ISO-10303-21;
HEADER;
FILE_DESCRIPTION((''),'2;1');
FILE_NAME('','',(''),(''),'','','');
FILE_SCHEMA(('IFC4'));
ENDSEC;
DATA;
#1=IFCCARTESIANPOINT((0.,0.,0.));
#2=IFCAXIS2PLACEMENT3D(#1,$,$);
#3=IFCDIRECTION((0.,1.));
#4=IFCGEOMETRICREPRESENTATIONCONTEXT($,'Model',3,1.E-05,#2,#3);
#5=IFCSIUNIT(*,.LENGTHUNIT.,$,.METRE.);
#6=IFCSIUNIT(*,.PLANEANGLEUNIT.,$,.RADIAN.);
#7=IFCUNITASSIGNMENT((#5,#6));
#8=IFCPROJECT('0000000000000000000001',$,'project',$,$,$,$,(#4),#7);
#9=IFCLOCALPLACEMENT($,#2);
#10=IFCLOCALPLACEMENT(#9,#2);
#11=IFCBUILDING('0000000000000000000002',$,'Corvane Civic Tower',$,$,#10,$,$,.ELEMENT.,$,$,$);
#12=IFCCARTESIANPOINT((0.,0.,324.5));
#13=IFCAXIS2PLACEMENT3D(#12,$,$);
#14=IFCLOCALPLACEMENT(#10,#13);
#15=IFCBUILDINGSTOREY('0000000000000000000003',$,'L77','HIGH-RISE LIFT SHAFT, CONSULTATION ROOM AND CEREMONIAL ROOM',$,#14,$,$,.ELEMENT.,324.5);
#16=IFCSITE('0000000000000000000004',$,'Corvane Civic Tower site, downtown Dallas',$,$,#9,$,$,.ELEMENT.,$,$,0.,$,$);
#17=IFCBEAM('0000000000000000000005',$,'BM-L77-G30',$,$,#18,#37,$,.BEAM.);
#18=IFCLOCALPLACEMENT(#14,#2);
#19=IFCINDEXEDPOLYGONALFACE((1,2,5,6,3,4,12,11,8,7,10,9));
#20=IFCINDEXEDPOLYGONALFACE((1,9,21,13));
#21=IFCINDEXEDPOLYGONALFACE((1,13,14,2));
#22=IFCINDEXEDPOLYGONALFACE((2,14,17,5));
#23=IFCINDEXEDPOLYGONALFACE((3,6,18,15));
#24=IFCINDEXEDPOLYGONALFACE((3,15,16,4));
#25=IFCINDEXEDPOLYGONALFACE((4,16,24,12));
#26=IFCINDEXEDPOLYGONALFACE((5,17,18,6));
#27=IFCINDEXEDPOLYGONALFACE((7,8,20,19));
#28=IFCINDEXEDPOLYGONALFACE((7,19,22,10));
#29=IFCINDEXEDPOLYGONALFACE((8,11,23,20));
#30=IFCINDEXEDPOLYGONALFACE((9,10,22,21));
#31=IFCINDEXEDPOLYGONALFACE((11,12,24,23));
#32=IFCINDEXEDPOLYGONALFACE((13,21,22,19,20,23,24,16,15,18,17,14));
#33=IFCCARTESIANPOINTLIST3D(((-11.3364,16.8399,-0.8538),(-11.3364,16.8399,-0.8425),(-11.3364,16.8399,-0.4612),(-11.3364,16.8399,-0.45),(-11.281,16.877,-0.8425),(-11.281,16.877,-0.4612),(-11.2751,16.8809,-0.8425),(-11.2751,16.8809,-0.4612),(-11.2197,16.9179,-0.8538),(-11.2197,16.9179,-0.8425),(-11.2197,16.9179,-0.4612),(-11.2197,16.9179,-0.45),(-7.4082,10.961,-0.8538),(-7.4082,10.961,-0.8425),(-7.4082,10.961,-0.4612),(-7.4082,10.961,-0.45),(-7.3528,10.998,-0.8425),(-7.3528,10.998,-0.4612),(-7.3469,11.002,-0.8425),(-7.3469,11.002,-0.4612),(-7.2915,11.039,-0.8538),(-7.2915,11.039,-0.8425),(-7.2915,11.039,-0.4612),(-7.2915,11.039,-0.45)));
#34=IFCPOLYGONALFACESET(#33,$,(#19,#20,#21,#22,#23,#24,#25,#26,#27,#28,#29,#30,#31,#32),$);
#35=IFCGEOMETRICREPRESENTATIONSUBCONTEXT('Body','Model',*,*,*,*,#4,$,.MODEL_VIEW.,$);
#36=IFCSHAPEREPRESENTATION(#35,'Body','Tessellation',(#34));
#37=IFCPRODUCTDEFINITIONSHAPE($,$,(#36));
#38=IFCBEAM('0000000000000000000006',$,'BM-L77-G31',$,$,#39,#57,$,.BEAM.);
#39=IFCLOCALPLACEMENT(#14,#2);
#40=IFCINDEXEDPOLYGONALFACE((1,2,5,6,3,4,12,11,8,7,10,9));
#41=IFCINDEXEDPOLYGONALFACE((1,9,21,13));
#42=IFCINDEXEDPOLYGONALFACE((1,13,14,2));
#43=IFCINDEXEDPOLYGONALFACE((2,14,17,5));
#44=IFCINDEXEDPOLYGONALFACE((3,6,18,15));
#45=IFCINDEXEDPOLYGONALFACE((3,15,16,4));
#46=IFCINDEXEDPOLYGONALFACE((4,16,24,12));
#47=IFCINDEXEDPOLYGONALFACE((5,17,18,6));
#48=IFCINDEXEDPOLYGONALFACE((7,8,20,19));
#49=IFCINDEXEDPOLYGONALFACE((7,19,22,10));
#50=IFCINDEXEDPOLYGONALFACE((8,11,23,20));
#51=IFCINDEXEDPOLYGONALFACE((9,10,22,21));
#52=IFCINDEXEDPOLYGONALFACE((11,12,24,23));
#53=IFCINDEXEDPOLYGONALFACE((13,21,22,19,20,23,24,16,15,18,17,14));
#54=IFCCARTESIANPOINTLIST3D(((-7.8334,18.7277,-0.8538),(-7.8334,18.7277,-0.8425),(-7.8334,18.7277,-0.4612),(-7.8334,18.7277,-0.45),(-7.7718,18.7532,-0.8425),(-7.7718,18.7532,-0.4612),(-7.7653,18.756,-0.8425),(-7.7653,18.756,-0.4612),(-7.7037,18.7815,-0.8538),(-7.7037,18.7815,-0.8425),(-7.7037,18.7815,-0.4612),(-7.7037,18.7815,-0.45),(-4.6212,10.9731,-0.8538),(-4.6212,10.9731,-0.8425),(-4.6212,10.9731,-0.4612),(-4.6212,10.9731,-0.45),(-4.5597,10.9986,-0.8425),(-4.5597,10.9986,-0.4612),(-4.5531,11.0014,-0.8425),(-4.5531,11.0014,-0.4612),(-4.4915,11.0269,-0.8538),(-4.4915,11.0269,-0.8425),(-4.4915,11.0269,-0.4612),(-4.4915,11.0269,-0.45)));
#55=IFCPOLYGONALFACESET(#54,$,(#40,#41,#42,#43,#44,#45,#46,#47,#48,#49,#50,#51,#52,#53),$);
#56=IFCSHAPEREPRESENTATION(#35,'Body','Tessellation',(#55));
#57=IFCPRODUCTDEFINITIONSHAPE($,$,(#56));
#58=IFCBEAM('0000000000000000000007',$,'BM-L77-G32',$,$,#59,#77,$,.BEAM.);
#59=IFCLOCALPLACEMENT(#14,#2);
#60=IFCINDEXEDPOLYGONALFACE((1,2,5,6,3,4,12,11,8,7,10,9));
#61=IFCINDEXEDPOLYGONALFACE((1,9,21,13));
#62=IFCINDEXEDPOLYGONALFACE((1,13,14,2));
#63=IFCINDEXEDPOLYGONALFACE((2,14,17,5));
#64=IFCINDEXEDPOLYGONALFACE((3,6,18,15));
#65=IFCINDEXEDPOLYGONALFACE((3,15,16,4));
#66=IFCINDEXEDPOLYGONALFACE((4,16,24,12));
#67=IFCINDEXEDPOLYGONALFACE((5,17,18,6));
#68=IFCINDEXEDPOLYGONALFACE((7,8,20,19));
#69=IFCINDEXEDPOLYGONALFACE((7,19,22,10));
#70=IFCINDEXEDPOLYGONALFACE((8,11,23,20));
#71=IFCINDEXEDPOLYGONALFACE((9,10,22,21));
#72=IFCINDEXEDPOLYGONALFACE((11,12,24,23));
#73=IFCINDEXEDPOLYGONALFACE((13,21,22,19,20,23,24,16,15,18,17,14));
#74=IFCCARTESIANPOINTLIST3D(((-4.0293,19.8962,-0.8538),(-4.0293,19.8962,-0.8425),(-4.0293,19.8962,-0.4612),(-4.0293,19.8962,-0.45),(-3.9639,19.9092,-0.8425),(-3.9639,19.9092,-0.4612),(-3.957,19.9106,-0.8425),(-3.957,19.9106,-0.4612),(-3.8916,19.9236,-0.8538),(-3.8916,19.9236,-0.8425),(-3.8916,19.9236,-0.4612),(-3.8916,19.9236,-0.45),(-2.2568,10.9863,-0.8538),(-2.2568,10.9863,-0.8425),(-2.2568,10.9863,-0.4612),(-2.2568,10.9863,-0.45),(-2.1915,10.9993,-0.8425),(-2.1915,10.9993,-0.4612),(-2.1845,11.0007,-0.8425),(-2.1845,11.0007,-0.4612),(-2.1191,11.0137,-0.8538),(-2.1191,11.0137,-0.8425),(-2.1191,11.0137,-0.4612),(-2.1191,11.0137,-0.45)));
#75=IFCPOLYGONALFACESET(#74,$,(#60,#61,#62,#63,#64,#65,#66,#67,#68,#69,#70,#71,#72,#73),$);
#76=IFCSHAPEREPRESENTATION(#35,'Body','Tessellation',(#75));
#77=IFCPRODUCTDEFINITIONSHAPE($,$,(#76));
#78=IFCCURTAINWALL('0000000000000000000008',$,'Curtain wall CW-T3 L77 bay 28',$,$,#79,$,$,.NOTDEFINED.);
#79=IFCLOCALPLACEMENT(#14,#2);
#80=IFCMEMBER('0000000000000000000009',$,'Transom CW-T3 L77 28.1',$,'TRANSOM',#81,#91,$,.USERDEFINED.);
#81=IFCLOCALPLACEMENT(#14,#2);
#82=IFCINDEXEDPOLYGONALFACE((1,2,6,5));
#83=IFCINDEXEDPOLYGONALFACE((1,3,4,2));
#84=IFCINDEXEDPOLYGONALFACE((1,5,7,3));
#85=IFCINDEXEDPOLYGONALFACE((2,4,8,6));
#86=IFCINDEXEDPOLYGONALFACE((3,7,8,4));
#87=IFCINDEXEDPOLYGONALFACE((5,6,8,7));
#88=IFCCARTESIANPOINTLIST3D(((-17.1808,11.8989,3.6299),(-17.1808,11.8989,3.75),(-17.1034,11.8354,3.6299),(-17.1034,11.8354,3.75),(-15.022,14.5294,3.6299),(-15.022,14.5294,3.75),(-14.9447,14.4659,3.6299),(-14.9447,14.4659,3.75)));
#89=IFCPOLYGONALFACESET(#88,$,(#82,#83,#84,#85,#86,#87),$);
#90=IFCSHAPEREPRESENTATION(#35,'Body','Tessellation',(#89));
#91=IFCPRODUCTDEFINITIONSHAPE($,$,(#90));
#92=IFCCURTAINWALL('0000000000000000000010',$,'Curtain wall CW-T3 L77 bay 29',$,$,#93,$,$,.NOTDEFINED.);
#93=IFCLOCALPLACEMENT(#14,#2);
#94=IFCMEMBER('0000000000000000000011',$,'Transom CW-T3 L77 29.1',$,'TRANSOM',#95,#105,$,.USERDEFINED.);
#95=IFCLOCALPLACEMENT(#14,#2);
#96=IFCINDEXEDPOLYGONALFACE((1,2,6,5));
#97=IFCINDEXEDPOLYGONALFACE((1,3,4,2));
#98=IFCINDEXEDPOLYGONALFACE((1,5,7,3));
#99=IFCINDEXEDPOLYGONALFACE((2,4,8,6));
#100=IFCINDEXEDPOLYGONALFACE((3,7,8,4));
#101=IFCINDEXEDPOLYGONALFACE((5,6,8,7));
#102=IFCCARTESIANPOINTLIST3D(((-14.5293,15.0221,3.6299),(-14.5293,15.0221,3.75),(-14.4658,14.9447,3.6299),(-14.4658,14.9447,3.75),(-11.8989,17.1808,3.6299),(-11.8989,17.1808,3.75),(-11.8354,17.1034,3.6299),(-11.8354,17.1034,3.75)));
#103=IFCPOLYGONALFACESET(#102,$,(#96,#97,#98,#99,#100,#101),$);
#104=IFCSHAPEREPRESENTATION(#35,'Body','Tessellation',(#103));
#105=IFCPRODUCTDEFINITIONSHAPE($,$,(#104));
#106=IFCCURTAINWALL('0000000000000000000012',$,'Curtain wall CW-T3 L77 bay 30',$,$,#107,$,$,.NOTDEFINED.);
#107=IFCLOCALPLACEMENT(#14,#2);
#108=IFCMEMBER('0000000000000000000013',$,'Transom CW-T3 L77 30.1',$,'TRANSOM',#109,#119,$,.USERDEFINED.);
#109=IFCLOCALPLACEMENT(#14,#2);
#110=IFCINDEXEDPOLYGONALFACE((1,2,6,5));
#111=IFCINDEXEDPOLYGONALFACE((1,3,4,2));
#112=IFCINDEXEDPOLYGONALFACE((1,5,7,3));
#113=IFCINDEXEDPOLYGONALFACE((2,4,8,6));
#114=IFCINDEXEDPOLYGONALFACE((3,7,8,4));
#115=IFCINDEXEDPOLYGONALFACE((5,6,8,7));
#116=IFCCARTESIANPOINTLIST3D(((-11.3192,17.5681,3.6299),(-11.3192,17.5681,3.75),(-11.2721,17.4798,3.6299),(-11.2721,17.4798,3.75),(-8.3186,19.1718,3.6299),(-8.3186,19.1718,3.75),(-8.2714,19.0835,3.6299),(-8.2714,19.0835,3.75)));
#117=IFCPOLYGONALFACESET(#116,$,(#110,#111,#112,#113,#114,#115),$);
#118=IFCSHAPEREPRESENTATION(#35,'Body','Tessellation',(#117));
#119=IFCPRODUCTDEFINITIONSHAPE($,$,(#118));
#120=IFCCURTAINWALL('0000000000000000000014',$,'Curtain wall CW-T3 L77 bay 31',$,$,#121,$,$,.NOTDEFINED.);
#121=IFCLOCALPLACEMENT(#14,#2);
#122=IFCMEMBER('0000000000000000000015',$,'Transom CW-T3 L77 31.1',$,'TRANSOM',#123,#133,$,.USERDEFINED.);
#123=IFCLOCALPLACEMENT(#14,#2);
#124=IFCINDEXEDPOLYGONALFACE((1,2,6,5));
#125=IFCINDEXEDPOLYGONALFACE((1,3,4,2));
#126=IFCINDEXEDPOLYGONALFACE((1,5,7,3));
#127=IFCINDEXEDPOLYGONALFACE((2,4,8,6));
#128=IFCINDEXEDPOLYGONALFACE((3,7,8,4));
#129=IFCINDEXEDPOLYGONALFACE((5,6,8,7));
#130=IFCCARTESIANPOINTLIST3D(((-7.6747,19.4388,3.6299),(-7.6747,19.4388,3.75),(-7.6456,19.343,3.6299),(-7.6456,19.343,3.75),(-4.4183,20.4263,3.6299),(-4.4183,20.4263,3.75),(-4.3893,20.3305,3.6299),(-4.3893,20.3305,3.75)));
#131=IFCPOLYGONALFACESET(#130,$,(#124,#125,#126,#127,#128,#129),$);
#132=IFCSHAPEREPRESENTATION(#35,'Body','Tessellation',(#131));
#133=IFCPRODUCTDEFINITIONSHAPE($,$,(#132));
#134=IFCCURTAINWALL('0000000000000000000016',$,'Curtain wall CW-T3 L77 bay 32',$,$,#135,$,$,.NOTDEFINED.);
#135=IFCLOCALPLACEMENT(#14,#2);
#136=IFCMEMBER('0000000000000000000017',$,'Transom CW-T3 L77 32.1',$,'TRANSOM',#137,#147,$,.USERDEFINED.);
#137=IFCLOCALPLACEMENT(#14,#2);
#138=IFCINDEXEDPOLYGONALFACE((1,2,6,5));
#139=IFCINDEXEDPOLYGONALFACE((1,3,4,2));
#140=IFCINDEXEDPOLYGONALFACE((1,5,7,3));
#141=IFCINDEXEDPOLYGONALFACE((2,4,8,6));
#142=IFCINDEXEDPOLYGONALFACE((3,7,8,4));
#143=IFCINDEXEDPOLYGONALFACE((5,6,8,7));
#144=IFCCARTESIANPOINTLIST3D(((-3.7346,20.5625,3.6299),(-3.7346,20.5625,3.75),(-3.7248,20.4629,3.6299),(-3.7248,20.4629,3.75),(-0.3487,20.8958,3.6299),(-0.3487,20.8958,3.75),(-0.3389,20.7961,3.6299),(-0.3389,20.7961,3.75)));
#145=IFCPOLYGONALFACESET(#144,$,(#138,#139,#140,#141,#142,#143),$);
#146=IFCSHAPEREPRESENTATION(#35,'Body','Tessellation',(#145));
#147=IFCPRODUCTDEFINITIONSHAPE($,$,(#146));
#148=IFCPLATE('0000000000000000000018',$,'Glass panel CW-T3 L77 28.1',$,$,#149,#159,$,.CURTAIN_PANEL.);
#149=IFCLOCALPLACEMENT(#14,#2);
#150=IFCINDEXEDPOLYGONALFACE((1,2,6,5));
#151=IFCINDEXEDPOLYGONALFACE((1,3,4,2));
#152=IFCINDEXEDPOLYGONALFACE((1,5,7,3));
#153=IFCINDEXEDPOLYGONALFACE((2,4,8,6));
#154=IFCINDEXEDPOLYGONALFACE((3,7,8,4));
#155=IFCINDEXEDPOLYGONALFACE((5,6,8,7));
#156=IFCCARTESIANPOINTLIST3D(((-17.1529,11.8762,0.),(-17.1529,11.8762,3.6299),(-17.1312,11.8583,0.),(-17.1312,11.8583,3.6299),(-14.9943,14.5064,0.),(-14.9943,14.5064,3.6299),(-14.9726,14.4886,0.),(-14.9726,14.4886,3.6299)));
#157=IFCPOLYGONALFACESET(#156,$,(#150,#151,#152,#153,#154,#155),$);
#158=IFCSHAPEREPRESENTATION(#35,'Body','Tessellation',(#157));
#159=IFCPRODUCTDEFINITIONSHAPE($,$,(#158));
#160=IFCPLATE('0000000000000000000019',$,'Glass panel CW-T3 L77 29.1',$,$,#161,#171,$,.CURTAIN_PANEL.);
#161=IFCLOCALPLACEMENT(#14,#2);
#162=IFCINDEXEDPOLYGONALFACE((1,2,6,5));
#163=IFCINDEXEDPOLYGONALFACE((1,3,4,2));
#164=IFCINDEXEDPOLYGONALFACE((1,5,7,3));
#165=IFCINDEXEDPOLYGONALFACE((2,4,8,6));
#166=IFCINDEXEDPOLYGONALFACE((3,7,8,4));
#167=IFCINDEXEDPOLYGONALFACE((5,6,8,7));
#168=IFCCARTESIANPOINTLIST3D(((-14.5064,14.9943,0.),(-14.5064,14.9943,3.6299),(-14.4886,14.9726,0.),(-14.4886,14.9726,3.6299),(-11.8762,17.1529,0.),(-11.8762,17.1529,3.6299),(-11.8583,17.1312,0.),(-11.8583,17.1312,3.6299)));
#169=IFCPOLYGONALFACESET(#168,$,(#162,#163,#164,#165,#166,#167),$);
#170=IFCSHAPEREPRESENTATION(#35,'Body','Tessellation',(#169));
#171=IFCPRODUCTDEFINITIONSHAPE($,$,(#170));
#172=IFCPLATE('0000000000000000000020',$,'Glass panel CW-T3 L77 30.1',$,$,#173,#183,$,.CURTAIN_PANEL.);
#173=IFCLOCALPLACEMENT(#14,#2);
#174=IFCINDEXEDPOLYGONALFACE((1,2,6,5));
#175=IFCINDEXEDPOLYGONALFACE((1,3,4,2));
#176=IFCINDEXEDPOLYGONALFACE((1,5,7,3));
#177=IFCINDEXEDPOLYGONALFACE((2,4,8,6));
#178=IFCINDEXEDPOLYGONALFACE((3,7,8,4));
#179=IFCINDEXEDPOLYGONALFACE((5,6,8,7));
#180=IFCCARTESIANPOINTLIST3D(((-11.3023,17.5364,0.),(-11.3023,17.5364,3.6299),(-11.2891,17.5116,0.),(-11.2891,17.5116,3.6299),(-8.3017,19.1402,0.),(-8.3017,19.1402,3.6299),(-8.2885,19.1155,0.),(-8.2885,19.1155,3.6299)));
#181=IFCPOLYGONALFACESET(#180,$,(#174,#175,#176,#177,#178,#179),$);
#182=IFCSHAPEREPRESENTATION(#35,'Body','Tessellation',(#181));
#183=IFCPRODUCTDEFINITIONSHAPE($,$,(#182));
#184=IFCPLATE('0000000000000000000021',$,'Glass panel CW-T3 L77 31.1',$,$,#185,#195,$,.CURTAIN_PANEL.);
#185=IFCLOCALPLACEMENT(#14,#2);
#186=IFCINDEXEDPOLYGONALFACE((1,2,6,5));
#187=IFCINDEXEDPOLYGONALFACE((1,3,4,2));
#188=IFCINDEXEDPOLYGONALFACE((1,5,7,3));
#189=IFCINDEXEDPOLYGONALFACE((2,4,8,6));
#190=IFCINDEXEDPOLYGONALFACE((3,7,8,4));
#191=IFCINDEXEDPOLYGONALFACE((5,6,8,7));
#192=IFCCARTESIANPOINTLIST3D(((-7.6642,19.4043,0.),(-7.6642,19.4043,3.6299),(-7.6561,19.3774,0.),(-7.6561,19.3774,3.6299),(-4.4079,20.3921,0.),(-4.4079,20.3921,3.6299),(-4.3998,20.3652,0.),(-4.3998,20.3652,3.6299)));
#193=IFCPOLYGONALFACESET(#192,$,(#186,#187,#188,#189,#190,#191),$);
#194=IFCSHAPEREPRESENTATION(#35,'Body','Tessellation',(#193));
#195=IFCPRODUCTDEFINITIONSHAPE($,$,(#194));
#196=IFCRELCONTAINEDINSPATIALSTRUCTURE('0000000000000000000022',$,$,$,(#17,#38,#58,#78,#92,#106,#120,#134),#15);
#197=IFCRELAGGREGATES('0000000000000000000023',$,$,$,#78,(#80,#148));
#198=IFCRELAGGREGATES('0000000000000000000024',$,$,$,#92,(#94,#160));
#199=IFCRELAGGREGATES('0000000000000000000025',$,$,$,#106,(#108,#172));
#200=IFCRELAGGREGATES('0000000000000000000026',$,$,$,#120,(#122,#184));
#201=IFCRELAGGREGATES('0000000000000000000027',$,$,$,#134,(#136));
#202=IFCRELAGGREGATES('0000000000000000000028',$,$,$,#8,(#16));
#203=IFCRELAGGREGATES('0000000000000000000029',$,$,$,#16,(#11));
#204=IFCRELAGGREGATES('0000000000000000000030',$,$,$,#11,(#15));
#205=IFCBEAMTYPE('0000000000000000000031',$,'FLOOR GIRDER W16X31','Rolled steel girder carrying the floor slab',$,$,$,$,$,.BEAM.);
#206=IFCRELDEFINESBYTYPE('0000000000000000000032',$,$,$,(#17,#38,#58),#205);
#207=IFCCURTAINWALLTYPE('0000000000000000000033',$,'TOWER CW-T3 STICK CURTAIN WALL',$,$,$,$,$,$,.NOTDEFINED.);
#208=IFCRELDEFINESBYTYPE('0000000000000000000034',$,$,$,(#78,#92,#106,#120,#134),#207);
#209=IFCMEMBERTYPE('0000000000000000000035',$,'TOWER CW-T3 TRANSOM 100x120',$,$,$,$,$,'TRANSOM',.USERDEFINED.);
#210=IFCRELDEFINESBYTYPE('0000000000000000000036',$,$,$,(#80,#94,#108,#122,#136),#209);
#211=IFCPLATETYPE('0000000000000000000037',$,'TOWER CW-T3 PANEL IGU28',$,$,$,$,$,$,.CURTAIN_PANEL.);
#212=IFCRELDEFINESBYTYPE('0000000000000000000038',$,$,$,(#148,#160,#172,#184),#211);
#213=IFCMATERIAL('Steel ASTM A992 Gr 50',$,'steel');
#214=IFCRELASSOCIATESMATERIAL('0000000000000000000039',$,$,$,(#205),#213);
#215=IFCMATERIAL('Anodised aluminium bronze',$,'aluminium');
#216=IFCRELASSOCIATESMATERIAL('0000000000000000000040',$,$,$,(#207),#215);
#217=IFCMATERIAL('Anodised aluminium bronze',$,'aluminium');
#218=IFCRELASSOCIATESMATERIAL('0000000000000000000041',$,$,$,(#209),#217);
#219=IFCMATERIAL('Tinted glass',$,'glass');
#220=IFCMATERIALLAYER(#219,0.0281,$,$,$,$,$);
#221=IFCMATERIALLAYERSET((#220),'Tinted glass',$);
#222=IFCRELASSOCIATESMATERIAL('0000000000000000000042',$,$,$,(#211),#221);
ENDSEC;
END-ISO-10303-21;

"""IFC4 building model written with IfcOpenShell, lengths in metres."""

from ifc_helpers import new_model, si_unit, direction, frame, origin, origin_2d, place, context, subcontext, project, spatial, rectangle, i_section, extrude, material, layer, layer_set, material_profile, profile_set, type_object, element, aggregate, save


model = new_model("IFC4")

# Units and contexts
model_context = context("Model", 3, precision=1e-05, world=origin(), true_north=direction((0.0, 1.0)))
body_context = subcontext(model_context, "Body", "Model", "MODEL_VIEW")
ifc_project = project(units=[si_unit("LENGTHUNIT", "METRE"), si_unit("PLANEANGLEUNIT", "RADIAN")], contexts=[model_context])

# Site, building, storey
site_placement = place(None, origin())
site = spatial("IfcSite", under=ifc_project, at=site_placement, Name="Corvane Civic Tower site, downtown Dallas", CompositionType="ELEMENT", RefElevation=0.0)
building_placement = place(site_placement, origin())
building = spatial("IfcBuilding", under=site, at=building_placement, Name="Corvane Civic Tower", CompositionType="ELEMENT")
storey_placement = place(building_placement, frame((0.0, 0.0, 324.5)))
storey = spatial("IfcBuildingStorey", under=building, at=storey_placement, Name="L77", Description="HIGH-RISE LIFT SHAFT, CONSULTATION ROOM AND CEREMONIAL ROOM", CompositionType="ELEMENT", Elevation=324.5)

# Beams
ifc_material_1 = material(Name="Steel ASTM A992 Gr 50", Category="steel")
ifc_material_profile_1 = material_profile(ifc_material_1, i_section(OverallWidth=0.1404, OverallDepth=0.4038, WebThickness=0.0071, FlangeThickness=0.0112, at=origin_2d()), Name="W16X31")
ifc_profile_set_1 = profile_set([ifc_material_profile_1], Name="Steel ASTM A992 Gr 50")
beam_type_1 = type_object("IfcBeamType", Name="FLOOR GIRDER W16X31", Description="Rolled steel girder carrying the floor slab", PredefinedType="BEAM", material=ifc_profile_set_1)
beam_1_placement = place(storey_placement, frame((-7.3499, 11.0, -0.6519), z_axis=(-0.555576, 0.831465, 0.0), x_axis=(-0.831465, -0.555576, 0.0)))
element("IfcBeam", 1, at=beam_1_placement, inside=storey, type_object=beam_type_1, Name="BM-L77-G30", PredefinedType="BEAM", context=body_context, shape_type="SweptSolid", body=[
    extrude(i_section(OverallWidth=0.1404, OverallDepth=0.4038, WebThickness=0.0071, FlangeThickness=0.0112, at=origin_2d()), origin(), (0.0, 0.0, 1.0), 7.0706),
])
beam_2_placement = place(storey_placement, frame((-4.5564, 11.0, -0.6519), z_axis=(-0.382692, 0.923876, 0.0), x_axis=(-0.923876, -0.382692, 0.0)))
element("IfcBeam", 2, at=beam_2_placement, inside=storey, type_object=beam_type_1, Name="BM-L77-G31", PredefinedType="BEAM", context=body_context, shape_type="SweptSolid", body=[
    extrude(i_section(OverallWidth=0.1404, OverallDepth=0.4038, WebThickness=0.0071, FlangeThickness=0.0112, at=origin_2d()), origin(), (0.0, 0.0, 1.0), 8.3936),
])
beam_3_placement = place(storey_placement, frame((-2.188, 11.0, -0.6519), z_axis=(-0.195108, 0.980782, 0.0), x_axis=(-0.980782, -0.195108, 0.0)))
element("IfcBeam", 3, at=beam_3_placement, inside=storey, type_object=beam_type_1, Name="BM-L77-G32", PredefinedType="BEAM", context=body_context, shape_type="SweptSolid", body=[
    extrude(i_section(OverallWidth=0.1404, OverallDepth=0.4038, WebThickness=0.0071, FlangeThickness=0.0112, at=origin_2d()), origin(), (0.0, 0.0, 1.0), 9.0845),
])

# Curtain walls, members
ifc_material_2 = material(Name="Anodised aluminium bronze", Category="aluminium")
curtain_wall_type = type_object("IfcCurtainWallType", Name="TOWER CW-T3 STICK CURTAIN WALL", PredefinedType="NOTDEFINED", material=ifc_material_2)
curtain_wall_1_placement = place(storey_placement, origin())
curtain_wall_1 = element("IfcCurtainWall", 4, at=curtain_wall_1_placement, inside=storey, type_object=curtain_wall_type, Name="Curtain wall CW-T3 L77 bay 28", PredefinedType="NOTDEFINED")
ifc_material_3 = material(Name="Anodised aluminium bronze", Category="aluminium")
ifc_material_profile_2 = material_profile(ifc_material_3, rectangle(XDim=0.1001, YDim=0.1201, at=origin_2d()), Name="TOWER CW-T3 TRANSOM 100x120")
ifc_profile_set_2 = profile_set([ifc_material_profile_2], Name="Anodised aluminium bronze")
member_type = type_object("IfcMemberType", Name="TOWER CW-T3 TRANSOM 100x120", ElementType="TRANSOM", PredefinedType="USERDEFINED", material=ifc_profile_set_2)
member_1_placement = place(storey_placement, frame((-17.1421, 11.8672, 3.6899), z_axis=(0.634394, 0.77301, 0.0), x_axis=(-0.77301, 0.634394, 0.0)))
member_1 = element("IfcMember", 5, at=member_1_placement, type_object=member_type, Name="Transom CW-T3 L77 28.1", ObjectType="TRANSOM", PredefinedType="USERDEFINED", context=body_context, shape_type="SweptSolid", body=[
    extrude(rectangle(XDim=0.1001, YDim=0.1201, at=origin_2d()), origin(), (0.0, 0.0, 1.0), 3.4028),
])
curtain_wall_2_placement = place(storey_placement, origin())
curtain_wall_2 = element("IfcCurtainWall", 6, at=curtain_wall_2_placement, inside=storey, type_object=curtain_wall_type, Name="Curtain wall CW-T3 L77 bay 29", PredefinedType="NOTDEFINED")
member_2_placement = place(storey_placement, frame((-14.4976, 14.9834, 3.6899), z_axis=(0.77301, 0.634394, 0.0), x_axis=(-0.634394, 0.77301, 0.0)))
member_2 = element("IfcMember", 7, at=member_2_placement, type_object=member_type, Name="Transom CW-T3 L77 29.1", ObjectType="TRANSOM", PredefinedType="USERDEFINED", context=body_context, shape_type="SweptSolid", body=[
    extrude(rectangle(XDim=0.1001, YDim=0.1201, at=origin_2d()), origin(), (0.0, 0.0, 1.0), 3.4028),
])
curtain_wall_3_placement = place(storey_placement, origin())
curtain_wall_3 = element("IfcCurtainWall", 8, at=curtain_wall_3_placement, inside=storey, type_object=curtain_wall_type, Name="Curtain wall CW-T3 L77 bay 30", PredefinedType="NOTDEFINED")
member_3_placement = place(storey_placement, frame((-11.2957, 17.5239, 3.6899), z_axis=(0.881941, 0.471359, 0.0), x_axis=(-0.471359, 0.881941, 0.0)))
member_3 = element("IfcMember", 9, at=member_3_placement, type_object=member_type, Name="Transom CW-T3 L77 30.1", ObjectType="TRANSOM", PredefinedType="USERDEFINED", context=body_context, shape_type="SweptSolid", body=[
    extrude(rectangle(XDim=0.1001, YDim=0.1201, at=origin_2d()), origin(), (0.0, 0.0, 1.0), 3.4023),
])
curtain_wall_4_placement = place(storey_placement, origin())
curtain_wall_4 = element("IfcCurtainWall", 10, at=curtain_wall_4_placement, inside=storey, type_object=curtain_wall_type, Name="Curtain wall CW-T3 L77 bay 31", PredefinedType="NOTDEFINED")
member_4_placement = place(storey_placement, frame((-7.6602, 19.3909, 3.6899), z_axis=(0.956961, 0.290216, 0.0), x_axis=(-0.290216, 0.956961, 0.0)))
member_4 = element("IfcMember", 11, at=member_4_placement, type_object=member_type, Name="Transom CW-T3 L77 31.1", ObjectType="TRANSOM", PredefinedType="USERDEFINED", context=body_context, shape_type="SweptSolid", body=[
    extrude(rectangle(XDim=0.1001, YDim=0.1201, at=origin_2d()), origin(), (0.0, 0.0, 1.0), 3.4028),
])
curtain_wall_5_placement = place(storey_placement, origin())
curtain_wall_5 = element("IfcCurtainWall", 12, at=curtain_wall_5_placement, inside=storey, type_object=curtain_wall_type, Name="Curtain wall CW-T3 L77 bay 32", PredefinedType="NOTDEFINED")
member_5_placement = place(storey_placement, frame((-3.7297, 20.5127, 3.6899), z_axis=(0.995192, 0.097948, 0.0), x_axis=(-0.097948, 0.995192, 0.0)))
member_5 = element("IfcMember", 13, at=member_5_placement, type_object=member_type, Name="Transom CW-T3 L77 32.1", ObjectType="TRANSOM", PredefinedType="USERDEFINED", context=body_context, shape_type="SweptSolid", body=[
    extrude(rectangle(XDim=0.1001, YDim=0.1201, at=origin_2d()), origin(), (0.0, 0.0, 1.0), 3.4023),
])

# Plates
ifc_material_4 = material(Name="Tinted glass", Category="glass")
ifc_layer_1 = layer(ifc_material_4, 0.0281)
ifc_layer_set_1 = layer_set([ifc_layer_1], Name="Tinted glass")
plate_type = type_object("IfcPlateType", Name="TOWER CW-T3 PANEL IGU28", PredefinedType="CURTAIN_PANEL", material=ifc_layer_set_1)
plate_1_placement = place(storey_placement, frame((-16.0627, 13.1824, 0.0), z_axis=(0.0, 0.0, 1.0), x_axis=(0.634393, 0.77301, 0.0)))
plate_1 = element("IfcPlate", 14, at=plate_1_placement, type_object=plate_type, Name="Glass panel CW-T3 L77 28.1", PredefinedType="CURTAIN_PANEL", context=body_context, shape_type="SweptSolid", body=[
    extrude(rectangle(XDim=3.4026, YDim=0.0281, at=origin_2d()), origin(), (0.0, 0.0, 1.0), 3.6299),
])
aggregate(curtain_wall_1, [member_1, plate_1])
plate_2_placement = place(storey_placement, frame((-13.1824, 16.0627, 0.0), z_axis=(0.0, 0.0, 1.0), x_axis=(0.77301, 0.634393, 0.0)))
plate_2 = element("IfcPlate", 15, at=plate_2_placement, type_object=plate_type, Name="Glass panel CW-T3 L77 29.1", PredefinedType="CURTAIN_PANEL", context=body_context, shape_type="SweptSolid", body=[
    extrude(rectangle(XDim=3.4026, YDim=0.0281, at=origin_2d()), origin(), (0.0, 0.0, 1.0), 3.6299),
])
aggregate(curtain_wall_2, [member_2, plate_2])
plate_3_placement = place(storey_placement, frame((-9.7954, 18.3259, 0.0), z_axis=(0.0, 0.0, 1.0), x_axis=(0.881928, 0.471384, 0.0)))
plate_3 = element("IfcPlate", 16, at=plate_3_placement, type_object=plate_type, Name="Glass panel CW-T3 L77 30.1", PredefinedType="CURTAIN_PANEL", context=body_context, shape_type="SweptSolid", body=[
    extrude(rectangle(XDim=3.4023, YDim=0.0281, at=origin_2d()), origin(), (0.0, 0.0, 1.0), 3.6299),
])
aggregate(curtain_wall_3, [member_3, plate_3])
plate_4_placement = place(storey_placement, frame((-6.032, 19.8848, 0.0), z_axis=(0.0, 0.0, 1.0), x_axis=(0.956939, 0.29029, 0.0)))
plate_4 = element("IfcPlate", 17, at=plate_4_placement, type_object=plate_type, Name="Glass panel CW-T3 L77 31.1", PredefinedType="CURTAIN_PANEL", context=body_context, shape_type="SweptSolid", body=[
    extrude(rectangle(XDim=3.4028, YDim=0.0281, at=origin_2d()), origin(), (0.0, 0.0, 1.0), 3.6299),
])
aggregate(curtain_wall_4, [member_4, plate_4])
aggregate(curtain_wall_5, [member_5])

save(model, "model.ifc")
